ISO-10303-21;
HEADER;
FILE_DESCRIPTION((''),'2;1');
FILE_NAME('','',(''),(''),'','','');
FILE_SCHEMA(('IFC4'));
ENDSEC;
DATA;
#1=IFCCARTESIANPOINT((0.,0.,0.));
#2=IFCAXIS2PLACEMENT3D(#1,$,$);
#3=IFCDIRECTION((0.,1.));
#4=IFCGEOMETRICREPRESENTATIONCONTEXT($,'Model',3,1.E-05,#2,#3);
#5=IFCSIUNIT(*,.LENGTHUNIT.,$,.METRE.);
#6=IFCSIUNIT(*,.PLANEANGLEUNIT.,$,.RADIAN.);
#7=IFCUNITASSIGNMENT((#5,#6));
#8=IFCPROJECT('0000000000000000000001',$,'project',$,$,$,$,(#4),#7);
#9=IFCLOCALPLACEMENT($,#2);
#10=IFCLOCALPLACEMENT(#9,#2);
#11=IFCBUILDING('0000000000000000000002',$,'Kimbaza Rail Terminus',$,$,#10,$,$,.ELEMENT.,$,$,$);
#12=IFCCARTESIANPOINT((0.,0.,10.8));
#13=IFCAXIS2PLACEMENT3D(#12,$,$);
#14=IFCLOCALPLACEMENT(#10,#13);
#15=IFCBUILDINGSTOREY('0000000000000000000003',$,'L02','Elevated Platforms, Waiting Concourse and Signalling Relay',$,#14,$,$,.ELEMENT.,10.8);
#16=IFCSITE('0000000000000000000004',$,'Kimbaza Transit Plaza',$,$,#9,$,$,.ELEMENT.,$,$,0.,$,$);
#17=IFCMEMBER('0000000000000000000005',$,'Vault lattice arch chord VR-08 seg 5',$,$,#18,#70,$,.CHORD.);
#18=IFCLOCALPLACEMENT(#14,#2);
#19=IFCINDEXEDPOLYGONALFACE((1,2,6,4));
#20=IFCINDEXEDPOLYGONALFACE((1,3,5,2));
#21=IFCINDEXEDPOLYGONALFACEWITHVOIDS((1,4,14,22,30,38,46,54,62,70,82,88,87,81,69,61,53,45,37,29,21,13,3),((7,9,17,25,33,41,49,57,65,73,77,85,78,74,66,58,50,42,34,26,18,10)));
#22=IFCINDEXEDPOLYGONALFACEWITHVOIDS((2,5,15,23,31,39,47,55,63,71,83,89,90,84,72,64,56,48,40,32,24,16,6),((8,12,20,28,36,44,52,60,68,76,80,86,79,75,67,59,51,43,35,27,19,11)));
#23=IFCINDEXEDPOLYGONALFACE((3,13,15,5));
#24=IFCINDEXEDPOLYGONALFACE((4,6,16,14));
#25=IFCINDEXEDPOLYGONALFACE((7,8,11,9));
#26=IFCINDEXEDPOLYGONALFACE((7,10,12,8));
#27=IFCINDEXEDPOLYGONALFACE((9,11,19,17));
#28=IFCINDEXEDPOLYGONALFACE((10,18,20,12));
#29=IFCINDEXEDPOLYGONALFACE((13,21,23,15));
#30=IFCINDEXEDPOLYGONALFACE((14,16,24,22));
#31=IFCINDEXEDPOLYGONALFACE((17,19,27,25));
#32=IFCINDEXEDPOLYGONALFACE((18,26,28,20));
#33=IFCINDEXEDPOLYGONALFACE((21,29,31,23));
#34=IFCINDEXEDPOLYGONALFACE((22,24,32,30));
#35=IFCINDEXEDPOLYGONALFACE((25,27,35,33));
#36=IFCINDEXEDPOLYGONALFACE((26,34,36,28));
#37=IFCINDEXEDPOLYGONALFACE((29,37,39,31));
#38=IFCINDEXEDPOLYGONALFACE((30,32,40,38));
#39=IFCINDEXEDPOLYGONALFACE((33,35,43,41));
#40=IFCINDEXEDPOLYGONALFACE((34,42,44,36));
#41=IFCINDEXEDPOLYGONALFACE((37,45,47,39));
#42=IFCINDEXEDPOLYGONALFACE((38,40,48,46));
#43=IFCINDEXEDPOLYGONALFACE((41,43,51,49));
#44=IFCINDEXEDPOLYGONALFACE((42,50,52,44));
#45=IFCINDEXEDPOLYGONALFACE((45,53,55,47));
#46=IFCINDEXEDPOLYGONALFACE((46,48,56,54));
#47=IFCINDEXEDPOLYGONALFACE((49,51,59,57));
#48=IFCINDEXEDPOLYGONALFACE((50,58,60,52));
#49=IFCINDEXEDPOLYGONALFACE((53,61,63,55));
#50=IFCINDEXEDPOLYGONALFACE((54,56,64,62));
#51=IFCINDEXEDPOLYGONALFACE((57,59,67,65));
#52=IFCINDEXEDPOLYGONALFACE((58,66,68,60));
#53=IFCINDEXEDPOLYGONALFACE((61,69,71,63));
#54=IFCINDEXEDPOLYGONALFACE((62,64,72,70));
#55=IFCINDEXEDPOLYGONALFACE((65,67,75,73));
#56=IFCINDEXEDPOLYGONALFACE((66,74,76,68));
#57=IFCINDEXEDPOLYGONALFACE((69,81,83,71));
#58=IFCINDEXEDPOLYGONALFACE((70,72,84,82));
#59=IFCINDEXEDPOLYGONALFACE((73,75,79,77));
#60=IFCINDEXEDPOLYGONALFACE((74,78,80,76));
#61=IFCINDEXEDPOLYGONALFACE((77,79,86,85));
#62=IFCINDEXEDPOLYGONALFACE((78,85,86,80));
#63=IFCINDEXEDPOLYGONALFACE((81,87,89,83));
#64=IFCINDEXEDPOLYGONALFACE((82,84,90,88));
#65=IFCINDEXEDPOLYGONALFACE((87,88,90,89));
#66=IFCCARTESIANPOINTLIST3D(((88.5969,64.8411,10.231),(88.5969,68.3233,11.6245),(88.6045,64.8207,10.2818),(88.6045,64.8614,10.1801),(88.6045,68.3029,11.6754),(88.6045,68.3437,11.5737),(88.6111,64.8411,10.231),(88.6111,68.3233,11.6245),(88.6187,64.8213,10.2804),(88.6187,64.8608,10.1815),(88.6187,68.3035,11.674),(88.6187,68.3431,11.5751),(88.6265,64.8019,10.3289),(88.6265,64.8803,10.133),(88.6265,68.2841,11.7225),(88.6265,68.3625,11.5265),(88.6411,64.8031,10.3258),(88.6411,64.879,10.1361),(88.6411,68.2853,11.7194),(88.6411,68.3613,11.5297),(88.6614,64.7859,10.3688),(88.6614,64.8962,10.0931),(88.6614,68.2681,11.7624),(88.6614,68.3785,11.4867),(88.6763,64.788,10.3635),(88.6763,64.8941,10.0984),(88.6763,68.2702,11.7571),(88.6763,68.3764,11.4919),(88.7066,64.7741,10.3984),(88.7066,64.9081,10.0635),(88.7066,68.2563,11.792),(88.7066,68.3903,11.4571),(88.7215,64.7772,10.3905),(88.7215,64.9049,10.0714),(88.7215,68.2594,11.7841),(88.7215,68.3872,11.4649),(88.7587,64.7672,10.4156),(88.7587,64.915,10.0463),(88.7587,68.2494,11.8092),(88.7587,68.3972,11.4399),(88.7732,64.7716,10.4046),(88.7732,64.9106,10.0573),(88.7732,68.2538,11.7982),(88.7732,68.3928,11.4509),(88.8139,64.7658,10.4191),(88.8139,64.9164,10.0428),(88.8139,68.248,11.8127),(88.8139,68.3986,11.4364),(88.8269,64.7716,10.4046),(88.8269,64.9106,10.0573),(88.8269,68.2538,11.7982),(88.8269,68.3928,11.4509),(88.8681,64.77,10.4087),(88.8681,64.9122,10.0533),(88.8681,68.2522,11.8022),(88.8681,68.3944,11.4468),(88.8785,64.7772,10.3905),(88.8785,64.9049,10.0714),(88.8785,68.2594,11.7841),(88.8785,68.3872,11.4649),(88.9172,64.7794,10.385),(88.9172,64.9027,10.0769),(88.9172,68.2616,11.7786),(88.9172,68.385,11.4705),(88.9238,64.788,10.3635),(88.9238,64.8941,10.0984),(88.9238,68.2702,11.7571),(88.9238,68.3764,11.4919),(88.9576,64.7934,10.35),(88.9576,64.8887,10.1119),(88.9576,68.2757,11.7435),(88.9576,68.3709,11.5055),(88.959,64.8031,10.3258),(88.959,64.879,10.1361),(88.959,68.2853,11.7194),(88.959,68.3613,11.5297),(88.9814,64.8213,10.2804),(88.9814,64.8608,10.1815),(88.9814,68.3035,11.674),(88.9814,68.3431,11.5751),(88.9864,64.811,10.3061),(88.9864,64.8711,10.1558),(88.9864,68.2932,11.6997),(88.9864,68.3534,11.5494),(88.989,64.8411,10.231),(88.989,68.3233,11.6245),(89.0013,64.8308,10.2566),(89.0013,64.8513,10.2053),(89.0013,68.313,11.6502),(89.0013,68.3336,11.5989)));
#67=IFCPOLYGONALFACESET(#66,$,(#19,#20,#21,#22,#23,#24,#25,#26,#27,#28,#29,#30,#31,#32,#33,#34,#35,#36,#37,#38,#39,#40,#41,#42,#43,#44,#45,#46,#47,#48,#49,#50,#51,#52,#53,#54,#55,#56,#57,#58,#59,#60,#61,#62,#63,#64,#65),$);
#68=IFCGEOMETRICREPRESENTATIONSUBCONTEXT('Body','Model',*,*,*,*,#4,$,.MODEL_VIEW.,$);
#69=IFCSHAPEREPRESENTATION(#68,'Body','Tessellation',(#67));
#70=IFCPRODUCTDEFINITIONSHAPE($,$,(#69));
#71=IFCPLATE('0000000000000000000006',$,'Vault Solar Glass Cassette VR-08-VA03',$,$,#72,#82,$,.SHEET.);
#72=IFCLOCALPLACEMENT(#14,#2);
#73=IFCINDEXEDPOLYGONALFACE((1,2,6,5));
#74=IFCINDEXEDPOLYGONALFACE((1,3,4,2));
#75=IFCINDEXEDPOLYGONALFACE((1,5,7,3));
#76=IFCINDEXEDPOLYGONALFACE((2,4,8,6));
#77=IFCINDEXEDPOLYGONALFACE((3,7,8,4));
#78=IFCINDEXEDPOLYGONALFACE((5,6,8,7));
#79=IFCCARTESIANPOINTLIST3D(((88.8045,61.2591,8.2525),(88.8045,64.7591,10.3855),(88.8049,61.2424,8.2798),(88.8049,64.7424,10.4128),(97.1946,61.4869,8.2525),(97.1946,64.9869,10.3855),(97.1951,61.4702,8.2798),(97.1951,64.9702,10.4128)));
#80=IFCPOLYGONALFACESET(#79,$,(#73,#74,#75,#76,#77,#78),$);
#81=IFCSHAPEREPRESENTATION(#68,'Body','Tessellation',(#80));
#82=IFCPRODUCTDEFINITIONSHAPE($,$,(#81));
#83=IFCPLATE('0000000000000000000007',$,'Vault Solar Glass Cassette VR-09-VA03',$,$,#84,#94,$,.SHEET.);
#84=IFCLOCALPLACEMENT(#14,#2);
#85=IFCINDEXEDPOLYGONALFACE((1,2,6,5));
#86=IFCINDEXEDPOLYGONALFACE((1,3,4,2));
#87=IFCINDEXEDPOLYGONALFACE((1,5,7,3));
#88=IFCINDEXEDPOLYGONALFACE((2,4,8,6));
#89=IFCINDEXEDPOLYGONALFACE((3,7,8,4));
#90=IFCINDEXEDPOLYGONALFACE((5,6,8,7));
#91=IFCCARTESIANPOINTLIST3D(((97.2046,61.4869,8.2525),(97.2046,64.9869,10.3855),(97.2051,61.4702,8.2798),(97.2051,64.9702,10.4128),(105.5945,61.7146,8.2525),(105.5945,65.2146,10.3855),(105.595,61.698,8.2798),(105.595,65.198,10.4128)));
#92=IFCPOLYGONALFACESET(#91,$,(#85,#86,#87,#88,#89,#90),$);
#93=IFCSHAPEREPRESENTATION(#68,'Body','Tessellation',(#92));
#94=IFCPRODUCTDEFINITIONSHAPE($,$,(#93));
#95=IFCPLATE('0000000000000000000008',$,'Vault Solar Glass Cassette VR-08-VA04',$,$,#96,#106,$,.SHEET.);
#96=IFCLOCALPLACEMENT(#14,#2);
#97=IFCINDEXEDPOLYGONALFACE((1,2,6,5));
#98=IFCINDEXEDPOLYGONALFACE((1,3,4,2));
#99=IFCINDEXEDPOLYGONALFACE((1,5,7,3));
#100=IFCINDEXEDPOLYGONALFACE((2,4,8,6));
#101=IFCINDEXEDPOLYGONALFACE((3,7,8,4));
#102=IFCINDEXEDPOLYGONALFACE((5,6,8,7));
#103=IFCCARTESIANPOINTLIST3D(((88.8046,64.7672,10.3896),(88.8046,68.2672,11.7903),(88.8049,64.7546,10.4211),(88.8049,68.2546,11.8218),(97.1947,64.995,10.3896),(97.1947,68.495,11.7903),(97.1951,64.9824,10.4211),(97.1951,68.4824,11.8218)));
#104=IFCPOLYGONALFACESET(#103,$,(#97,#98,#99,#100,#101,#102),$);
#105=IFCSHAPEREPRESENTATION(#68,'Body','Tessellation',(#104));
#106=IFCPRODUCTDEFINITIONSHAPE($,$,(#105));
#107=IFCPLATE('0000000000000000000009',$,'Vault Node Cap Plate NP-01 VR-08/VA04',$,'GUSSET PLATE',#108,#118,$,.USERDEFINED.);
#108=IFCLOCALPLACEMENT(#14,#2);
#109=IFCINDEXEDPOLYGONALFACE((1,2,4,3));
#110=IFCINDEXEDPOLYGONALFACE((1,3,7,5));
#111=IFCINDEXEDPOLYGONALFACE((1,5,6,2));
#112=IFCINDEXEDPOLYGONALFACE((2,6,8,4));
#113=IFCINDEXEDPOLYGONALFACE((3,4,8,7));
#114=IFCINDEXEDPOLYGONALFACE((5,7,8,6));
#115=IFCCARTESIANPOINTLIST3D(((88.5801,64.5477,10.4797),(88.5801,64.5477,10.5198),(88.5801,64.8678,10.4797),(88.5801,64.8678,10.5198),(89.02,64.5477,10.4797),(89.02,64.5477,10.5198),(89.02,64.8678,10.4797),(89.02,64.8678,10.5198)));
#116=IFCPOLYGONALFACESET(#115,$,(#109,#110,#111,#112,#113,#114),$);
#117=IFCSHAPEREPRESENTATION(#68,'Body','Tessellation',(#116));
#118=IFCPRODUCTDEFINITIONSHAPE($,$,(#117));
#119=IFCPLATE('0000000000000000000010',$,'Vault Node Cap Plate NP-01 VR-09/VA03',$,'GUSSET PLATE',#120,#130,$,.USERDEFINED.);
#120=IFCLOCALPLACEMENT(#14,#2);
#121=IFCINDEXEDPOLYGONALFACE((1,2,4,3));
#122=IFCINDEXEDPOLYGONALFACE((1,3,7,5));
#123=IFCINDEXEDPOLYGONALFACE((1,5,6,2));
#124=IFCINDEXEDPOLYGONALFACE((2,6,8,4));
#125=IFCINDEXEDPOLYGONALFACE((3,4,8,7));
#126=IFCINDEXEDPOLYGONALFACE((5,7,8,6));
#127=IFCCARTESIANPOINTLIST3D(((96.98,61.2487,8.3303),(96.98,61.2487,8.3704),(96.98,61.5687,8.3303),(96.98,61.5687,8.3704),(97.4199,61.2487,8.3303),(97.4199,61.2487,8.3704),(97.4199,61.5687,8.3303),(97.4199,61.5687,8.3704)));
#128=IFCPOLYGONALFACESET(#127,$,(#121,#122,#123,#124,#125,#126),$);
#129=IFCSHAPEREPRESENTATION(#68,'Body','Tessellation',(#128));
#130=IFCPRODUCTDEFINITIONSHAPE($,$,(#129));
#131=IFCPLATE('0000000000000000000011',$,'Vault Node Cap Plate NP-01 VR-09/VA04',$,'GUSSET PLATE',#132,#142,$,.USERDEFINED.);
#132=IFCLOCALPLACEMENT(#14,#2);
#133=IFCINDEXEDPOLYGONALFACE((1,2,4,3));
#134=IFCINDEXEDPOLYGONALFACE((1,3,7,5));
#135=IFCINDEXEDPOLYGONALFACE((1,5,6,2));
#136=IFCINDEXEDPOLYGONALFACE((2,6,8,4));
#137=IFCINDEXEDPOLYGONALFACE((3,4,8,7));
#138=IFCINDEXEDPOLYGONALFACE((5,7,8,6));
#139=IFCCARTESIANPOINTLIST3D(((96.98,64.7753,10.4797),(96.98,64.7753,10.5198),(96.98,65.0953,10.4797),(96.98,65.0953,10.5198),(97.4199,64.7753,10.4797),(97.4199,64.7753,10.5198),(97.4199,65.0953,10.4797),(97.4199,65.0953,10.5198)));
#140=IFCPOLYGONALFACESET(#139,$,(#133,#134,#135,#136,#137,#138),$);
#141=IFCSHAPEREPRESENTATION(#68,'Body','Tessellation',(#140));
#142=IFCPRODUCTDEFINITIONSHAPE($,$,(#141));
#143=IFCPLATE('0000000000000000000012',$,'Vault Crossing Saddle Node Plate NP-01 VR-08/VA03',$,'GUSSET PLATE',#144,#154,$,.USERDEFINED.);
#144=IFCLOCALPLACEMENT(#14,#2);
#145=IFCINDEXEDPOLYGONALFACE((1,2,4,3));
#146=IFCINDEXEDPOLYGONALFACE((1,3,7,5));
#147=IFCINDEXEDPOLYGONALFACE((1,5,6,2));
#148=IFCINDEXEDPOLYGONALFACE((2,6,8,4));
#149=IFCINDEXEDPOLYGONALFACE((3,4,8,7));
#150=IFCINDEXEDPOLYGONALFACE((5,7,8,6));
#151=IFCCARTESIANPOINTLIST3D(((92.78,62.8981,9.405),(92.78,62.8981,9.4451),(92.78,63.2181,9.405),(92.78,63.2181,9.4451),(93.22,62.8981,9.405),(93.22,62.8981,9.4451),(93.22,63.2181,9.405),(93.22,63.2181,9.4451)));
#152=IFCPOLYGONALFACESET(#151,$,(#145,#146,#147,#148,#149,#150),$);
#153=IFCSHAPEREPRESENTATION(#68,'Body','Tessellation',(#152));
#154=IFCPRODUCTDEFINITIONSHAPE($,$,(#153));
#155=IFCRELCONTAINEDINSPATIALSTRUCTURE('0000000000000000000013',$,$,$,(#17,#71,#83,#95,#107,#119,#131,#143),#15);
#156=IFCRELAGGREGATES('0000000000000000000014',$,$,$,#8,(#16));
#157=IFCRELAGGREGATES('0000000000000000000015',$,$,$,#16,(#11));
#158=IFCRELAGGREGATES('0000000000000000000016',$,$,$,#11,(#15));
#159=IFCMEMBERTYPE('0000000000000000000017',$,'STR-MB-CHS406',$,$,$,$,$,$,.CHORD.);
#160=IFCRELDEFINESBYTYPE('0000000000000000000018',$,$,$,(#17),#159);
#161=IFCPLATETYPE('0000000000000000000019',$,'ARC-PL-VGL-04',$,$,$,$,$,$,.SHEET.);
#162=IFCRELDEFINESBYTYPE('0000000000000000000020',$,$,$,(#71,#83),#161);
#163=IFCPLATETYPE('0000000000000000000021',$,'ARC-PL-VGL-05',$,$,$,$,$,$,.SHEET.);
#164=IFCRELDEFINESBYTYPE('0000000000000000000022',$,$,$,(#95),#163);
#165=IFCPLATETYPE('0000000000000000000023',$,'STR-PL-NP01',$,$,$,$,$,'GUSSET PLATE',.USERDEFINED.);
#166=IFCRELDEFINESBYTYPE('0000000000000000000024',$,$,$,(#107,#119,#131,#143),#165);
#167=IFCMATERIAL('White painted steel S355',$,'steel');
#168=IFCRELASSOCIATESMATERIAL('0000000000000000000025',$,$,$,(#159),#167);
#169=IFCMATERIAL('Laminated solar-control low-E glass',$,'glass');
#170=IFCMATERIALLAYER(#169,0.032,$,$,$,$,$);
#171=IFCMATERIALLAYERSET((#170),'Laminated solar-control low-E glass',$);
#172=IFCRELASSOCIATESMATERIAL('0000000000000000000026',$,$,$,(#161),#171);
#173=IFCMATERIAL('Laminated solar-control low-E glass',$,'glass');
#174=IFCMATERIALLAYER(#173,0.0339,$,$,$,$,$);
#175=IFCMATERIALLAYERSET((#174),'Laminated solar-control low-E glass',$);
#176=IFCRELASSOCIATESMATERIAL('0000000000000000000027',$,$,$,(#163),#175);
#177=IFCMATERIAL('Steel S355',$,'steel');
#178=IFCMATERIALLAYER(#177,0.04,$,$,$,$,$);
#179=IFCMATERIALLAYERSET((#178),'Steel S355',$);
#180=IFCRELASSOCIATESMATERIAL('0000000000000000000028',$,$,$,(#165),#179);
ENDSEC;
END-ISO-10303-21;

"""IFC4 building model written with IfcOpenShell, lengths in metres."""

from ifc_helpers import new_model, si_unit, direction, frame, origin, origin_2d, place, context, subcontext, project, spatial, polyline, rectangle, hollow_circle, outline, extrude, material, layer, layer_set, material_profile, profile_set, type_object, element, save


model = new_model("IFC4")

# Units and contexts
model_context = context("Model", 3, precision=1e-05, world=origin(), true_north=direction((0.0, 1.0)))
body_context = subcontext(model_context, "Body", "Model", "MODEL_VIEW")
ifc_project = project(units=[si_unit("LENGTHUNIT", "METRE"), si_unit("PLANEANGLEUNIT", "RADIAN")], contexts=[model_context])

# Site, building, storey
site_placement = place(None, origin())
site = spatial("IfcSite", under=ifc_project, at=site_placement, Name="Kimbaza Transit Plaza", CompositionType="ELEMENT", RefElevation=0.0)
building_placement = place(site_placement, origin())
building = spatial("IfcBuilding", under=site, at=building_placement, Name="Kimbaza Rail Terminus", CompositionType="ELEMENT")
storey_placement = place(building_placement, frame((0.0, 0.0, 10.8)))
storey = spatial("IfcBuildingStorey", under=building, at=storey_placement, Name="L02", Description="Elevated Platforms, Waiting Concourse and Signalling Relay", CompositionType="ELEMENT", Elevation=10.8)

# Member
ifc_material_1 = material(Name="White painted steel S355", Category="steel")
ifc_material_profile_1 = material_profile(ifc_material_1, hollow_circle(Radius=0.2031, WallThickness=0.0142, at=origin_2d()), Name="CHS 406.4x14.2")
ifc_profile_set_1 = profile_set([ifc_material_profile_1], Name="White painted steel S355")
member_type_1 = type_object("IfcMemberType", Name="STR-MB-CHS406", PredefinedType="CHORD", material=ifc_profile_set_1)
member_1_placement = place(storey_placement, frame((88.8, 64.8411, 10.231), z_axis=(0.0, 0.928414, 0.371548), x_axis=(-1.0, 0.0, 0.0)))
element("IfcMember", 1, at=member_1_placement, inside=storey, type_object=member_type_1, Name="Vault lattice arch chord VR-08 seg 5", PredefinedType="CHORD", context=body_context, shape_type="SweptSolid", body=[
    extrude(hollow_circle(Radius=0.2031, WallThickness=0.0142, at=origin_2d()), origin(), (0.0, 0.0, 1.0), 3.7507),
])

# Plates
ifc_material_2 = material(Name="Laminated solar-control low-E glass", Category="glass")
ifc_layer_1 = layer(ifc_material_2, 0.032)
ifc_layer_set_1 = layer_set([ifc_layer_1], Name="Laminated solar-control low-E glass")
plate_type_1 = type_object("IfcPlateType", Name="ARC-PL-VGL-04", PredefinedType="SHEET", material=ifc_layer_set_1)
plate_1_placement = place(storey_placement, frame((88.8049, 61.2424, 8.2798), z_axis=(0.014127, -0.520362, 0.853829), x_axis=(0.999632, 0.027139, 0.0)))
element("IfcPlate", 2, at=plate_1_placement, inside=storey, type_object=plate_type_1, Name="Vault Solar Glass Cassette VR-08-VA03", PredefinedType="SHEET", context=body_context, shape_type="SweptSolid", body=[
    extrude(outline(polyline([(0.0, 0.0), (8.3932, 0.0), (8.4882, 4.0977), (0.095, 4.0977), (0.0, 0.0)])), origin(), (0.0, 0.0, -1.0), 0.032),
])
plate_2_placement = place(storey_placement, frame((97.2051, 61.4702, 8.2798), z_axis=(0.014128, -0.520362, 0.853829), x_axis=(0.999632, 0.02714, 0.0)))
element("IfcPlate", 3, at=plate_2_placement, inside=storey, type_object=plate_type_1, Name="Vault Solar Glass Cassette VR-09-VA03", PredefinedType="SHEET", context=body_context, shape_type="SweptSolid", body=[
    extrude(outline(polyline([(0.0, 0.0), (8.393, 0.0), (8.488, 4.0977), (0.095, 4.0977), (0.0, 0.0)])), origin(), (0.0, 0.0, -1.0), 0.032),
])
ifc_material_3 = material(Name="Laminated solar-control low-E glass", Category="glass")
ifc_layer_2 = layer(ifc_material_3, 0.0339)
ifc_layer_set_2 = layer_set([ifc_layer_2], Name="Laminated solar-control low-E glass")
plate_type_2 = type_object("IfcPlateType", Name="ARC-PL-VGL-05", PredefinedType="SHEET", material=ifc_layer_set_2)
plate_3_placement = place(storey_placement, frame((88.8049, 64.7546, 10.4211), z_axis=(0.010086, -0.371517, 0.928371), x_axis=(0.999632, 0.027139, 0.0)))
element("IfcPlate", 4, at=plate_3_placement, inside=storey, type_object=plate_type_2, Name="Vault Solar Glass Cassette VR-08-VA04", PredefinedType="SHEET", context=body_context, shape_type="SweptSolid", body=[
    extrude(outline(polyline([(0.0, 0.0), (8.3932, 0.0), (8.4882, 3.7687), (0.095, 3.7687), (0.0, 0.0)])), origin(), (0.0, 0.0, -1.0), 0.0339),
])
ifc_material_4 = material(Name="Steel S355", Category="steel")
ifc_layer_3 = layer(ifc_material_4, 0.04)
ifc_layer_set_3 = layer_set([ifc_layer_3], Name="Steel S355")
plate_type_3 = type_object("IfcPlateType", Name="STR-PL-NP01", ElementType="GUSSET PLATE", PredefinedType="USERDEFINED", material=ifc_layer_set_3)
for number, where, z_axis, x_axis, name in (
    (5, (88.8, 64.7078, 10.4797), (0.0, 0.0, 1.0), (1.0, 0.0, 0.0), "Vault Node Cap Plate NP-01 VR-08/VA04"),
    (6, (97.2, 61.4087, 8.3303), (0.0, 0.0, 1.0), (1.0, 0.0, 0.0), "Vault Node Cap Plate NP-01 VR-09/VA03"),
    (7, (97.2, 64.9353, 10.4797), (0.0, 0.0, 1.0), (1.0, 0.0, 0.0), "Vault Node Cap Plate NP-01 VR-09/VA04"),
    (8, (93.0, 63.0581, 9.405), (0.0, 0.0, 1.0), (1.0, 0.0, 0.0), "Vault Crossing Saddle Node Plate NP-01 VR-08/VA03"),
):
    element("IfcPlate", number, at=place(storey_placement, frame(where, z_axis=z_axis, x_axis=x_axis)), inside=storey, type_object=plate_type_3, Name=name, ObjectType="GUSSET PLATE", PredefinedType="USERDEFINED", context=body_context, shape_type="SweptSolid", body=[
        extrude(rectangle(XDim=0.4399, YDim=0.3201, at=origin_2d()), origin(), (0.0, 0.0, 1.0), 0.04),
    ])

save(model, "model.ifc")
